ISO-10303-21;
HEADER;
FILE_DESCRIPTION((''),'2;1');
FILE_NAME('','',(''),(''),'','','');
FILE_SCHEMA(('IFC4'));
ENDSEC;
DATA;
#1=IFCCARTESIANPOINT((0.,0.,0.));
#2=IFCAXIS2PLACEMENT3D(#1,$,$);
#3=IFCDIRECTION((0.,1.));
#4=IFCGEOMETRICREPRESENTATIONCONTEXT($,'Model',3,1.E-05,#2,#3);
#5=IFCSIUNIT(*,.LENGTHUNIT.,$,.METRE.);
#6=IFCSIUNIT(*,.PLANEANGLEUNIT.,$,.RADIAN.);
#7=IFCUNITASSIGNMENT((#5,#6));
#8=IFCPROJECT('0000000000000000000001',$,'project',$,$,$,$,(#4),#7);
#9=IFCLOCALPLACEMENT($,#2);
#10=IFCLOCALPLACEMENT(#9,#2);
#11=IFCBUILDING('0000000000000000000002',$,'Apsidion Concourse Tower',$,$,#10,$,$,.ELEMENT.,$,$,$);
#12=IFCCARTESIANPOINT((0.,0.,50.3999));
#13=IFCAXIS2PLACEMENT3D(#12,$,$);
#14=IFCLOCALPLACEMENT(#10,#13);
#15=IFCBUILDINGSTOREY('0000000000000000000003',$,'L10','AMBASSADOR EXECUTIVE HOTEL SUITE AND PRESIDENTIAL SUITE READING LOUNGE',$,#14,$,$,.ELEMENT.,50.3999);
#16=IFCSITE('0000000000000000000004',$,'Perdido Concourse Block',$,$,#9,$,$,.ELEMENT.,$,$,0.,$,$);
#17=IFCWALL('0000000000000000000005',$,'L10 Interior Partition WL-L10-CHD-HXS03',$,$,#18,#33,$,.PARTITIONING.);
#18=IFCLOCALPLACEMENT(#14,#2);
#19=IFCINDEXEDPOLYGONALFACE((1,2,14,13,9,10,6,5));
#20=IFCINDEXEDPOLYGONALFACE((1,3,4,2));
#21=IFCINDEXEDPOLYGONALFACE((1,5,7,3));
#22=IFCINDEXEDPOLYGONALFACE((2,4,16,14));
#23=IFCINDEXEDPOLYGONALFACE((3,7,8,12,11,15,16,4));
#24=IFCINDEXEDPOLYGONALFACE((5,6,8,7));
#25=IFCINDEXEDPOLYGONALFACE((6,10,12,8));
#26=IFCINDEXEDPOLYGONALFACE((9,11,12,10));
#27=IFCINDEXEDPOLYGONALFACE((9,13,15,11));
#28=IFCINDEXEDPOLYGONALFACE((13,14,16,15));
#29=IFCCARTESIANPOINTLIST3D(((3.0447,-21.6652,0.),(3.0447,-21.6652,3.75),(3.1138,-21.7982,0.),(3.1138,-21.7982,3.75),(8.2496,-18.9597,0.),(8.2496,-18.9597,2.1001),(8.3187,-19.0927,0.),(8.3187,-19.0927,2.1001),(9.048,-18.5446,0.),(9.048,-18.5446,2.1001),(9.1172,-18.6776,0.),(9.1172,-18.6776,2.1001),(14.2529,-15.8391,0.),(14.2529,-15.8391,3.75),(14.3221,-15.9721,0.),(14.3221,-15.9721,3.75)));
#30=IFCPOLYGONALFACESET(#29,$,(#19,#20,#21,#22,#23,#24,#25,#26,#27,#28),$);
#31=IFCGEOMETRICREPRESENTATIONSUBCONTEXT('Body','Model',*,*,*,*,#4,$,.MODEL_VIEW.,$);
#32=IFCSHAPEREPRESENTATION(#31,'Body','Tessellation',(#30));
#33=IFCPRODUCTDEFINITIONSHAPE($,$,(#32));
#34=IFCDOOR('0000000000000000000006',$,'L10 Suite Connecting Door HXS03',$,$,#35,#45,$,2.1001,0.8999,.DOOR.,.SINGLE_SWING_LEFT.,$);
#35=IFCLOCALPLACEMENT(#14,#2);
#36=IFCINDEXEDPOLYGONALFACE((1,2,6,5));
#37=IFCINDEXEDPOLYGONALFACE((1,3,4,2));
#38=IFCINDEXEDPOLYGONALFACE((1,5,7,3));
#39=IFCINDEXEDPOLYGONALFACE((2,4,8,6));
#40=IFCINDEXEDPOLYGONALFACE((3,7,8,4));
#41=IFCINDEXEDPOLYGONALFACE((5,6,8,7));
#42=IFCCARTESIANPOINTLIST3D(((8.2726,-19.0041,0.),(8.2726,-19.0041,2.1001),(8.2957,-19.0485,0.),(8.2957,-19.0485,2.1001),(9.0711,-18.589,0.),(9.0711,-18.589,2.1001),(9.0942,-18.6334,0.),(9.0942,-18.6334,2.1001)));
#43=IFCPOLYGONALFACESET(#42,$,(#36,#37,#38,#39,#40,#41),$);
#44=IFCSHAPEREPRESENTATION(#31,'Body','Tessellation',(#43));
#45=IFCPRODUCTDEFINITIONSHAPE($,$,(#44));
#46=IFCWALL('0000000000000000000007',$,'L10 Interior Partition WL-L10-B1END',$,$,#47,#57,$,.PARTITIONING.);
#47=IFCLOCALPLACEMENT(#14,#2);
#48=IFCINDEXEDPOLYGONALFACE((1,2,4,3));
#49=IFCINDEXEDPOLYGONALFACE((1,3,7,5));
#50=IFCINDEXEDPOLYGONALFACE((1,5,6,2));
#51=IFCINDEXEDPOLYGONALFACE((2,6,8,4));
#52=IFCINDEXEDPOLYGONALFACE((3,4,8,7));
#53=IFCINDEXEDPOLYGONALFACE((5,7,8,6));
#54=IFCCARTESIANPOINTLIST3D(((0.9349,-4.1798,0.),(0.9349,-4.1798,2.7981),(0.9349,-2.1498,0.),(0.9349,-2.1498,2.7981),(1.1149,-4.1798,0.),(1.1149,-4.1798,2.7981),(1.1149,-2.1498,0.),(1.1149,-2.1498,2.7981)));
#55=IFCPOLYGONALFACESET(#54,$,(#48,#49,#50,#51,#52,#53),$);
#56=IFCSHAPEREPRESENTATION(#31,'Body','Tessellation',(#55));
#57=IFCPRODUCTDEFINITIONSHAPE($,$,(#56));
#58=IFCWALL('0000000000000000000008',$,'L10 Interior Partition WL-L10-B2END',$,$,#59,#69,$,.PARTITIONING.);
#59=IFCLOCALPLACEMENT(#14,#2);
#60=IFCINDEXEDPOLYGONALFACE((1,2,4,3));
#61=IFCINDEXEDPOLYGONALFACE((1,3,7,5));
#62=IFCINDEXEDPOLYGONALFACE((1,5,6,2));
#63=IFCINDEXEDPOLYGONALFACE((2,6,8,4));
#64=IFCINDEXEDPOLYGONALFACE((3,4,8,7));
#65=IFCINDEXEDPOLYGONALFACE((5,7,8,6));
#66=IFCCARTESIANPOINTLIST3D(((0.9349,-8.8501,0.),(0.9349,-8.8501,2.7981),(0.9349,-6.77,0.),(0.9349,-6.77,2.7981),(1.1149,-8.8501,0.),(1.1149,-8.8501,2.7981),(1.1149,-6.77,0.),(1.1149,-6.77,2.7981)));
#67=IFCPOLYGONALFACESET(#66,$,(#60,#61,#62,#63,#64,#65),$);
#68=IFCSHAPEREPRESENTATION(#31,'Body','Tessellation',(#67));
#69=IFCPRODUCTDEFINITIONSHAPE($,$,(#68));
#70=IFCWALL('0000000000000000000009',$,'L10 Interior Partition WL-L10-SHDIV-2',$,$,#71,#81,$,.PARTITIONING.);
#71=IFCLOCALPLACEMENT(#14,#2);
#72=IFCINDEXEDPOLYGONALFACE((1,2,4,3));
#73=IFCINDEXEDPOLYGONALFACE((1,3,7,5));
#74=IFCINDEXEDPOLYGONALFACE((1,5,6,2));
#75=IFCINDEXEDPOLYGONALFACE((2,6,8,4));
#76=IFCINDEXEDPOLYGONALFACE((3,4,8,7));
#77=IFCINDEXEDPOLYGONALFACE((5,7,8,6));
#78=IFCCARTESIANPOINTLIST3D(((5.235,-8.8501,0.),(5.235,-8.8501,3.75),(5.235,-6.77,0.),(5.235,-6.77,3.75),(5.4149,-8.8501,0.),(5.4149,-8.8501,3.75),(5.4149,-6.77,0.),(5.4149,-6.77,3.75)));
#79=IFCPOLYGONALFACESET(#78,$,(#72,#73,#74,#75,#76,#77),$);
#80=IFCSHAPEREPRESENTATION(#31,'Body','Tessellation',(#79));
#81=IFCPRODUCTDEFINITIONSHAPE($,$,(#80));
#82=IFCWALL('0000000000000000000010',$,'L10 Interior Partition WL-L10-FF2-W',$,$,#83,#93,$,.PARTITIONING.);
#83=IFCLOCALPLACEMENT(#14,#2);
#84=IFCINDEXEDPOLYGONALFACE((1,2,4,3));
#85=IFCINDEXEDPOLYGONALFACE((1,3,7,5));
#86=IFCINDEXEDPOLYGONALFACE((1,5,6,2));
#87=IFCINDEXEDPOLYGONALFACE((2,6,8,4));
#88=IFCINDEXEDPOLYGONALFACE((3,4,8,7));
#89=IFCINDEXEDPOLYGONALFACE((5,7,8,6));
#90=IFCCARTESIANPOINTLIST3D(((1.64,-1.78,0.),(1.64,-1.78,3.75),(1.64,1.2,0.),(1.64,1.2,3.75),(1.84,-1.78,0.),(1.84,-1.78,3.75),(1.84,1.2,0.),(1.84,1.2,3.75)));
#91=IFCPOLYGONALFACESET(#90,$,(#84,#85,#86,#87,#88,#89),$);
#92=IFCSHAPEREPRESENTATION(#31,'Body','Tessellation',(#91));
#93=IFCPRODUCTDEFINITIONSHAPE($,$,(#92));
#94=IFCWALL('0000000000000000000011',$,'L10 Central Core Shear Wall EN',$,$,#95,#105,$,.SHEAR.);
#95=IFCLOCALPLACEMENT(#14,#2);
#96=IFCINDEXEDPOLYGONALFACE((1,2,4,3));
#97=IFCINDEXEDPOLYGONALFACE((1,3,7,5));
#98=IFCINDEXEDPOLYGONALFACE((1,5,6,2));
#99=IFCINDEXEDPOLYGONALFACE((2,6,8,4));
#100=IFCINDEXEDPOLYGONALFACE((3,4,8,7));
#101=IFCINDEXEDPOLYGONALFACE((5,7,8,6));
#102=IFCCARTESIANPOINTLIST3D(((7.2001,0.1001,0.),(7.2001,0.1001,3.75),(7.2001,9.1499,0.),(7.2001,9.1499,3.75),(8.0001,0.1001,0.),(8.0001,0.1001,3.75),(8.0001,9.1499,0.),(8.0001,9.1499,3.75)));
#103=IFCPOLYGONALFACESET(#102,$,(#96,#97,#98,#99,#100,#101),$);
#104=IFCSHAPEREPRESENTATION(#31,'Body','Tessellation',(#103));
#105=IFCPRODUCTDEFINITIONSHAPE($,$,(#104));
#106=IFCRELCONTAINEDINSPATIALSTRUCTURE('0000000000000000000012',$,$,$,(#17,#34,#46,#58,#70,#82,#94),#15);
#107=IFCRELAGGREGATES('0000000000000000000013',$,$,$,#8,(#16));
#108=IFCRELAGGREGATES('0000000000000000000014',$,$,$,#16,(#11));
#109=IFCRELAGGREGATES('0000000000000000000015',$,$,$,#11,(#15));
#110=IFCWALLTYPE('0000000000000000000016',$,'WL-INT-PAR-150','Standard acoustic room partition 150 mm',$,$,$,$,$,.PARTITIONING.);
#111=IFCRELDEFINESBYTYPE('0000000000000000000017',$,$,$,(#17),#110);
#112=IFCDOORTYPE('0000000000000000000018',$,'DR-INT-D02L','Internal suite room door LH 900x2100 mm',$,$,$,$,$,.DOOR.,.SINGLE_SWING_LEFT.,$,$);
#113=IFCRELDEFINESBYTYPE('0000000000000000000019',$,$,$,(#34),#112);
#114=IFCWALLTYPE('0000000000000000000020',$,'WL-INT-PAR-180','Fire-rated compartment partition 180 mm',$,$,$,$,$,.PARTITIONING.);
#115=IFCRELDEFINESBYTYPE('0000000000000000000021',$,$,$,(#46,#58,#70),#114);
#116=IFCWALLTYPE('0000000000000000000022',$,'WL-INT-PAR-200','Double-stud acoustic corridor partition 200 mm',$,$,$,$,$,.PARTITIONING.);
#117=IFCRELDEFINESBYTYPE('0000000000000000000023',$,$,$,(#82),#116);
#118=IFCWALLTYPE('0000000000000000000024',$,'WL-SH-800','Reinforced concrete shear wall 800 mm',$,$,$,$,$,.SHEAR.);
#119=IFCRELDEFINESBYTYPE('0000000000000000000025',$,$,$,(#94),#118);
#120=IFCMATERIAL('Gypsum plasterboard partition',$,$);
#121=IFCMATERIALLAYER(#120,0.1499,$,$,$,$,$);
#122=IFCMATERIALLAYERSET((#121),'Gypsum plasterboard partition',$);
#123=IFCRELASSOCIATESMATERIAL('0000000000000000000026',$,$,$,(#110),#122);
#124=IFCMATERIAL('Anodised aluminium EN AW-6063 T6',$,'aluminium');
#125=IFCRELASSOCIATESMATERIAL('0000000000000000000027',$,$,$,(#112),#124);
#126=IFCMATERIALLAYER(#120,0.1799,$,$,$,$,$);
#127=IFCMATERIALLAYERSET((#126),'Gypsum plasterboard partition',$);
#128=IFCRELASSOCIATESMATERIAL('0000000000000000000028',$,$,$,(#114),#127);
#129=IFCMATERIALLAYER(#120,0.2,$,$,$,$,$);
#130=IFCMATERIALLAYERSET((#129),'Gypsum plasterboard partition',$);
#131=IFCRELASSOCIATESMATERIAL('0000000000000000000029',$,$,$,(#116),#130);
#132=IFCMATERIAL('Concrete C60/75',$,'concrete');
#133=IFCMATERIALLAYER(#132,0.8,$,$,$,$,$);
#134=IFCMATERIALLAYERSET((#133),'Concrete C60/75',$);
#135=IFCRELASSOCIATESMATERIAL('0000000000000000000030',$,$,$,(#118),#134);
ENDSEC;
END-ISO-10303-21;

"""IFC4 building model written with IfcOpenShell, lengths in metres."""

from ifc_helpers import new_model, si_unit, direction, frame, frame_2d, origin, place, context, subcontext, project, spatial, rectangle, extrude, material, layer, layer_set, type_object, element, fill, save


model = new_model("IFC4")

# Units and contexts
model_context = context("Model", 3, precision=1e-05, world=origin(), true_north=direction((0.0, 1.0)))
body_context = subcontext(model_context, "Body", "Model", "MODEL_VIEW")
ifc_project = project(units=[si_unit("LENGTHUNIT", "METRE"), si_unit("PLANEANGLEUNIT", "RADIAN")], contexts=[model_context])

# Site, building, storey
site_placement = place(None, origin())
site = spatial("IfcSite", under=ifc_project, at=site_placement, Name="Perdido Concourse Block", CompositionType="ELEMENT", RefElevation=0.0)
building_placement = place(site_placement, origin())
building = spatial("IfcBuilding", under=site, at=building_placement, Name="Apsidion Concourse Tower", CompositionType="ELEMENT")
storey_placement = place(building_placement, frame((0.0, 0.0, 50.3999)))
storey = spatial("IfcBuildingStorey", under=building, at=storey_placement, Name="L10", Description="AMBASSADOR EXECUTIVE HOTEL SUITE AND PRESIDENTIAL SUITE READING LOUNGE", CompositionType="ELEMENT", Elevation=50.3999)

# Shared definitions
ifc_material_1 = material(Name="Concrete C60/75", Category="concrete")

# Shared definitions
ifc_material_2 = material(Name="Gypsum plasterboard partition")
ifc_layer_1 = layer(ifc_material_2, 0.1499)
ifc_layer_set_1 = layer_set([ifc_layer_1], Name="Gypsum plasterboard partition")
wall_type_1 = type_object("IfcWallType", Name="WL-INT-PAR-150", Description="Standard acoustic room partition 150 mm", PredefinedType="PARTITIONING", material=ifc_layer_set_1)

# Wall, opening, door
wall_1_placement = place(storey_placement, frame((3.0793, -21.7317, 0.0), z_axis=(0.0, 0.0, 1.0), x_axis=(0.887285, 0.461221, 0.0)))
wall_1 = element("IfcWall", 1, at=wall_1_placement, inside=storey, type_object=wall_type_1, Name="L10 Interior Partition WL-L10-CHD-HXS03", PredefinedType="PARTITIONING", context=body_context, shape_type="SweptSolid", body=[
    extrude(rectangle(XDim=12.6321, YDim=0.1499, at=frame_2d((6.3159, 0.0))), origin(), (0.0, 0.0, 1.0), 3.75),
])
opening_1_placement = place(wall_1_placement, frame((5.866, 0.0, 0.0)))
opening_1 = element("IfcOpeningElement", 2, at=opening_1_placement, cuts=wall_1, PredefinedType="OPENING", context=body_context, shape_type="SweptSolid", body=[
    extrude(rectangle(XDim=0.8999, YDim=2.1001, at=frame_2d((0.45, 1.05))), frame((0.0, 0.085, 0.0), z_axis=(0.0, -1.0, 0.0), x_axis=(1.0, 0.0, 0.0)), (0.0, 0.0, 1.0), 0.1699),
])
ifc_material_3 = material(Name="Anodised aluminium EN AW-6063 T6", Category="aluminium")
door_type_1 = type_object("IfcDoorType", Name="DR-INT-D02L", Description="Internal suite room door LH 900x2100 mm", OperationType="SINGLE_SWING_LEFT", PredefinedType="DOOR", material=ifc_material_3)
door_1_placement = place(opening_1_placement, origin())
door_1 = element("IfcDoor", 3, at=door_1_placement, inside=storey, type_object=door_type_1, Name="L10 Suite Connecting Door HXS03", OperationType="SINGLE_SWING_LEFT", OverallHeight=2.1001, OverallWidth=0.8999, PredefinedType="DOOR", context=body_context, shape_type="SweptSolid", body=[
    extrude(rectangle(XDim=0.8999, YDim=2.1001, at=frame_2d((0.45, 1.05))), frame((0.0, 0.0249, 0.0), z_axis=(0.0, -1.0, 0.0), x_axis=(1.0, 0.0, 0.0)), (0.0, 0.0, 1.0), 0.05),
])
fill(opening_1, door_1)

# Walls
ifc_layer_2 = layer(ifc_material_2, 0.1799)
ifc_layer_set_2 = layer_set([ifc_layer_2], Name="Gypsum plasterboard partition")
wall_type_2 = type_object("IfcWallType", Name="WL-INT-PAR-180", Description="Fire-rated compartment partition 180 mm", PredefinedType="PARTITIONING", material=ifc_layer_set_2)
wall_2_placement = place(storey_placement, frame((1.0249, -4.1799, 0.0), z_axis=(0.0, 0.0, 1.0), x_axis=(0.0, 1.0, 0.0)))
element("IfcWall", 4, at=wall_2_placement, inside=storey, type_object=wall_type_2, Name="L10 Interior Partition WL-L10-B1END", PredefinedType="PARTITIONING", context=body_context, shape_type="SweptSolid", body=[
    extrude(rectangle(XDim=2.03, YDim=0.1799, at=frame_2d((1.0151, 0.0))), origin(), (0.0, 0.0, 1.0), 2.7981),
])
wall_3_placement = place(storey_placement, frame((1.0249, -8.8501, 0.0), z_axis=(0.0, 0.0, 1.0), x_axis=(0.0, 1.0, 0.0)))
element("IfcWall", 5, at=wall_3_placement, inside=storey, type_object=wall_type_2, Name="L10 Interior Partition WL-L10-B2END", PredefinedType="PARTITIONING", context=body_context, shape_type="SweptSolid", body=[
    extrude(rectangle(XDim=2.0801, YDim=0.1799, at=frame_2d((1.04, 0.0))), origin(), (0.0, 0.0, 1.0), 2.7981),
])
wall_4_placement = place(storey_placement, frame((5.325, -8.8501, 0.0), z_axis=(0.0, 0.0, 1.0), x_axis=(0.0, 1.0, 0.0)))
element("IfcWall", 6, at=wall_4_placement, inside=storey, type_object=wall_type_2, Name="L10 Interior Partition WL-L10-SHDIV-2", PredefinedType="PARTITIONING", context=body_context, shape_type="SweptSolid", body=[
    extrude(rectangle(XDim=2.0801, YDim=0.1799, at=frame_2d((1.04, 0.0))), origin(), (0.0, 0.0, 1.0), 3.75),
])
ifc_layer_3 = layer(ifc_material_2, 0.2)
ifc_layer_set_3 = layer_set([ifc_layer_3], Name="Gypsum plasterboard partition")
wall_type_3 = type_object("IfcWallType", Name="WL-INT-PAR-200", Description="Double-stud acoustic corridor partition 200 mm", PredefinedType="PARTITIONING", material=ifc_layer_set_3)
wall_5_placement = place(storey_placement, frame((1.74, -1.78, 0.0), z_axis=(0.0, 0.0, 1.0), x_axis=(0.0, 1.0, 0.0)))
element("IfcWall", 7, at=wall_5_placement, inside=storey, type_object=wall_type_3, Name="L10 Interior Partition WL-L10-FF2-W", PredefinedType="PARTITIONING", context=body_context, shape_type="SweptSolid", body=[
    extrude(rectangle(XDim=2.98, YDim=0.2, at=frame_2d((1.49, 0.0))), origin(), (0.0, 0.0, 1.0), 3.75),
])
ifc_layer_4 = layer(ifc_material_1, 0.8)
ifc_layer_set_4 = layer_set([ifc_layer_4], Name="Concrete C60/75")
wall_type_4 = type_object("IfcWallType", Name="WL-SH-800", Description="Reinforced concrete shear wall 800 mm", PredefinedType="SHEAR", material=ifc_layer_set_4)
wall_6_placement = place(storey_placement, frame((7.6001, 0.1001, 0.0), z_axis=(0.0, 0.0, 1.0), x_axis=(0.0, 1.0, 0.0)))
element("IfcWall", 8, at=wall_6_placement, inside=storey, type_object=wall_type_4, Name="L10 Central Core Shear Wall EN", PredefinedType="SHEAR", context=body_context, shape_type="SweptSolid", body=[
    extrude(rectangle(XDim=9.0498, YDim=0.8, at=frame_2d((4.5249, 0.0))), origin(), (0.0, 0.0, 1.0), 3.75),
])

save(model, "model.ifc")
